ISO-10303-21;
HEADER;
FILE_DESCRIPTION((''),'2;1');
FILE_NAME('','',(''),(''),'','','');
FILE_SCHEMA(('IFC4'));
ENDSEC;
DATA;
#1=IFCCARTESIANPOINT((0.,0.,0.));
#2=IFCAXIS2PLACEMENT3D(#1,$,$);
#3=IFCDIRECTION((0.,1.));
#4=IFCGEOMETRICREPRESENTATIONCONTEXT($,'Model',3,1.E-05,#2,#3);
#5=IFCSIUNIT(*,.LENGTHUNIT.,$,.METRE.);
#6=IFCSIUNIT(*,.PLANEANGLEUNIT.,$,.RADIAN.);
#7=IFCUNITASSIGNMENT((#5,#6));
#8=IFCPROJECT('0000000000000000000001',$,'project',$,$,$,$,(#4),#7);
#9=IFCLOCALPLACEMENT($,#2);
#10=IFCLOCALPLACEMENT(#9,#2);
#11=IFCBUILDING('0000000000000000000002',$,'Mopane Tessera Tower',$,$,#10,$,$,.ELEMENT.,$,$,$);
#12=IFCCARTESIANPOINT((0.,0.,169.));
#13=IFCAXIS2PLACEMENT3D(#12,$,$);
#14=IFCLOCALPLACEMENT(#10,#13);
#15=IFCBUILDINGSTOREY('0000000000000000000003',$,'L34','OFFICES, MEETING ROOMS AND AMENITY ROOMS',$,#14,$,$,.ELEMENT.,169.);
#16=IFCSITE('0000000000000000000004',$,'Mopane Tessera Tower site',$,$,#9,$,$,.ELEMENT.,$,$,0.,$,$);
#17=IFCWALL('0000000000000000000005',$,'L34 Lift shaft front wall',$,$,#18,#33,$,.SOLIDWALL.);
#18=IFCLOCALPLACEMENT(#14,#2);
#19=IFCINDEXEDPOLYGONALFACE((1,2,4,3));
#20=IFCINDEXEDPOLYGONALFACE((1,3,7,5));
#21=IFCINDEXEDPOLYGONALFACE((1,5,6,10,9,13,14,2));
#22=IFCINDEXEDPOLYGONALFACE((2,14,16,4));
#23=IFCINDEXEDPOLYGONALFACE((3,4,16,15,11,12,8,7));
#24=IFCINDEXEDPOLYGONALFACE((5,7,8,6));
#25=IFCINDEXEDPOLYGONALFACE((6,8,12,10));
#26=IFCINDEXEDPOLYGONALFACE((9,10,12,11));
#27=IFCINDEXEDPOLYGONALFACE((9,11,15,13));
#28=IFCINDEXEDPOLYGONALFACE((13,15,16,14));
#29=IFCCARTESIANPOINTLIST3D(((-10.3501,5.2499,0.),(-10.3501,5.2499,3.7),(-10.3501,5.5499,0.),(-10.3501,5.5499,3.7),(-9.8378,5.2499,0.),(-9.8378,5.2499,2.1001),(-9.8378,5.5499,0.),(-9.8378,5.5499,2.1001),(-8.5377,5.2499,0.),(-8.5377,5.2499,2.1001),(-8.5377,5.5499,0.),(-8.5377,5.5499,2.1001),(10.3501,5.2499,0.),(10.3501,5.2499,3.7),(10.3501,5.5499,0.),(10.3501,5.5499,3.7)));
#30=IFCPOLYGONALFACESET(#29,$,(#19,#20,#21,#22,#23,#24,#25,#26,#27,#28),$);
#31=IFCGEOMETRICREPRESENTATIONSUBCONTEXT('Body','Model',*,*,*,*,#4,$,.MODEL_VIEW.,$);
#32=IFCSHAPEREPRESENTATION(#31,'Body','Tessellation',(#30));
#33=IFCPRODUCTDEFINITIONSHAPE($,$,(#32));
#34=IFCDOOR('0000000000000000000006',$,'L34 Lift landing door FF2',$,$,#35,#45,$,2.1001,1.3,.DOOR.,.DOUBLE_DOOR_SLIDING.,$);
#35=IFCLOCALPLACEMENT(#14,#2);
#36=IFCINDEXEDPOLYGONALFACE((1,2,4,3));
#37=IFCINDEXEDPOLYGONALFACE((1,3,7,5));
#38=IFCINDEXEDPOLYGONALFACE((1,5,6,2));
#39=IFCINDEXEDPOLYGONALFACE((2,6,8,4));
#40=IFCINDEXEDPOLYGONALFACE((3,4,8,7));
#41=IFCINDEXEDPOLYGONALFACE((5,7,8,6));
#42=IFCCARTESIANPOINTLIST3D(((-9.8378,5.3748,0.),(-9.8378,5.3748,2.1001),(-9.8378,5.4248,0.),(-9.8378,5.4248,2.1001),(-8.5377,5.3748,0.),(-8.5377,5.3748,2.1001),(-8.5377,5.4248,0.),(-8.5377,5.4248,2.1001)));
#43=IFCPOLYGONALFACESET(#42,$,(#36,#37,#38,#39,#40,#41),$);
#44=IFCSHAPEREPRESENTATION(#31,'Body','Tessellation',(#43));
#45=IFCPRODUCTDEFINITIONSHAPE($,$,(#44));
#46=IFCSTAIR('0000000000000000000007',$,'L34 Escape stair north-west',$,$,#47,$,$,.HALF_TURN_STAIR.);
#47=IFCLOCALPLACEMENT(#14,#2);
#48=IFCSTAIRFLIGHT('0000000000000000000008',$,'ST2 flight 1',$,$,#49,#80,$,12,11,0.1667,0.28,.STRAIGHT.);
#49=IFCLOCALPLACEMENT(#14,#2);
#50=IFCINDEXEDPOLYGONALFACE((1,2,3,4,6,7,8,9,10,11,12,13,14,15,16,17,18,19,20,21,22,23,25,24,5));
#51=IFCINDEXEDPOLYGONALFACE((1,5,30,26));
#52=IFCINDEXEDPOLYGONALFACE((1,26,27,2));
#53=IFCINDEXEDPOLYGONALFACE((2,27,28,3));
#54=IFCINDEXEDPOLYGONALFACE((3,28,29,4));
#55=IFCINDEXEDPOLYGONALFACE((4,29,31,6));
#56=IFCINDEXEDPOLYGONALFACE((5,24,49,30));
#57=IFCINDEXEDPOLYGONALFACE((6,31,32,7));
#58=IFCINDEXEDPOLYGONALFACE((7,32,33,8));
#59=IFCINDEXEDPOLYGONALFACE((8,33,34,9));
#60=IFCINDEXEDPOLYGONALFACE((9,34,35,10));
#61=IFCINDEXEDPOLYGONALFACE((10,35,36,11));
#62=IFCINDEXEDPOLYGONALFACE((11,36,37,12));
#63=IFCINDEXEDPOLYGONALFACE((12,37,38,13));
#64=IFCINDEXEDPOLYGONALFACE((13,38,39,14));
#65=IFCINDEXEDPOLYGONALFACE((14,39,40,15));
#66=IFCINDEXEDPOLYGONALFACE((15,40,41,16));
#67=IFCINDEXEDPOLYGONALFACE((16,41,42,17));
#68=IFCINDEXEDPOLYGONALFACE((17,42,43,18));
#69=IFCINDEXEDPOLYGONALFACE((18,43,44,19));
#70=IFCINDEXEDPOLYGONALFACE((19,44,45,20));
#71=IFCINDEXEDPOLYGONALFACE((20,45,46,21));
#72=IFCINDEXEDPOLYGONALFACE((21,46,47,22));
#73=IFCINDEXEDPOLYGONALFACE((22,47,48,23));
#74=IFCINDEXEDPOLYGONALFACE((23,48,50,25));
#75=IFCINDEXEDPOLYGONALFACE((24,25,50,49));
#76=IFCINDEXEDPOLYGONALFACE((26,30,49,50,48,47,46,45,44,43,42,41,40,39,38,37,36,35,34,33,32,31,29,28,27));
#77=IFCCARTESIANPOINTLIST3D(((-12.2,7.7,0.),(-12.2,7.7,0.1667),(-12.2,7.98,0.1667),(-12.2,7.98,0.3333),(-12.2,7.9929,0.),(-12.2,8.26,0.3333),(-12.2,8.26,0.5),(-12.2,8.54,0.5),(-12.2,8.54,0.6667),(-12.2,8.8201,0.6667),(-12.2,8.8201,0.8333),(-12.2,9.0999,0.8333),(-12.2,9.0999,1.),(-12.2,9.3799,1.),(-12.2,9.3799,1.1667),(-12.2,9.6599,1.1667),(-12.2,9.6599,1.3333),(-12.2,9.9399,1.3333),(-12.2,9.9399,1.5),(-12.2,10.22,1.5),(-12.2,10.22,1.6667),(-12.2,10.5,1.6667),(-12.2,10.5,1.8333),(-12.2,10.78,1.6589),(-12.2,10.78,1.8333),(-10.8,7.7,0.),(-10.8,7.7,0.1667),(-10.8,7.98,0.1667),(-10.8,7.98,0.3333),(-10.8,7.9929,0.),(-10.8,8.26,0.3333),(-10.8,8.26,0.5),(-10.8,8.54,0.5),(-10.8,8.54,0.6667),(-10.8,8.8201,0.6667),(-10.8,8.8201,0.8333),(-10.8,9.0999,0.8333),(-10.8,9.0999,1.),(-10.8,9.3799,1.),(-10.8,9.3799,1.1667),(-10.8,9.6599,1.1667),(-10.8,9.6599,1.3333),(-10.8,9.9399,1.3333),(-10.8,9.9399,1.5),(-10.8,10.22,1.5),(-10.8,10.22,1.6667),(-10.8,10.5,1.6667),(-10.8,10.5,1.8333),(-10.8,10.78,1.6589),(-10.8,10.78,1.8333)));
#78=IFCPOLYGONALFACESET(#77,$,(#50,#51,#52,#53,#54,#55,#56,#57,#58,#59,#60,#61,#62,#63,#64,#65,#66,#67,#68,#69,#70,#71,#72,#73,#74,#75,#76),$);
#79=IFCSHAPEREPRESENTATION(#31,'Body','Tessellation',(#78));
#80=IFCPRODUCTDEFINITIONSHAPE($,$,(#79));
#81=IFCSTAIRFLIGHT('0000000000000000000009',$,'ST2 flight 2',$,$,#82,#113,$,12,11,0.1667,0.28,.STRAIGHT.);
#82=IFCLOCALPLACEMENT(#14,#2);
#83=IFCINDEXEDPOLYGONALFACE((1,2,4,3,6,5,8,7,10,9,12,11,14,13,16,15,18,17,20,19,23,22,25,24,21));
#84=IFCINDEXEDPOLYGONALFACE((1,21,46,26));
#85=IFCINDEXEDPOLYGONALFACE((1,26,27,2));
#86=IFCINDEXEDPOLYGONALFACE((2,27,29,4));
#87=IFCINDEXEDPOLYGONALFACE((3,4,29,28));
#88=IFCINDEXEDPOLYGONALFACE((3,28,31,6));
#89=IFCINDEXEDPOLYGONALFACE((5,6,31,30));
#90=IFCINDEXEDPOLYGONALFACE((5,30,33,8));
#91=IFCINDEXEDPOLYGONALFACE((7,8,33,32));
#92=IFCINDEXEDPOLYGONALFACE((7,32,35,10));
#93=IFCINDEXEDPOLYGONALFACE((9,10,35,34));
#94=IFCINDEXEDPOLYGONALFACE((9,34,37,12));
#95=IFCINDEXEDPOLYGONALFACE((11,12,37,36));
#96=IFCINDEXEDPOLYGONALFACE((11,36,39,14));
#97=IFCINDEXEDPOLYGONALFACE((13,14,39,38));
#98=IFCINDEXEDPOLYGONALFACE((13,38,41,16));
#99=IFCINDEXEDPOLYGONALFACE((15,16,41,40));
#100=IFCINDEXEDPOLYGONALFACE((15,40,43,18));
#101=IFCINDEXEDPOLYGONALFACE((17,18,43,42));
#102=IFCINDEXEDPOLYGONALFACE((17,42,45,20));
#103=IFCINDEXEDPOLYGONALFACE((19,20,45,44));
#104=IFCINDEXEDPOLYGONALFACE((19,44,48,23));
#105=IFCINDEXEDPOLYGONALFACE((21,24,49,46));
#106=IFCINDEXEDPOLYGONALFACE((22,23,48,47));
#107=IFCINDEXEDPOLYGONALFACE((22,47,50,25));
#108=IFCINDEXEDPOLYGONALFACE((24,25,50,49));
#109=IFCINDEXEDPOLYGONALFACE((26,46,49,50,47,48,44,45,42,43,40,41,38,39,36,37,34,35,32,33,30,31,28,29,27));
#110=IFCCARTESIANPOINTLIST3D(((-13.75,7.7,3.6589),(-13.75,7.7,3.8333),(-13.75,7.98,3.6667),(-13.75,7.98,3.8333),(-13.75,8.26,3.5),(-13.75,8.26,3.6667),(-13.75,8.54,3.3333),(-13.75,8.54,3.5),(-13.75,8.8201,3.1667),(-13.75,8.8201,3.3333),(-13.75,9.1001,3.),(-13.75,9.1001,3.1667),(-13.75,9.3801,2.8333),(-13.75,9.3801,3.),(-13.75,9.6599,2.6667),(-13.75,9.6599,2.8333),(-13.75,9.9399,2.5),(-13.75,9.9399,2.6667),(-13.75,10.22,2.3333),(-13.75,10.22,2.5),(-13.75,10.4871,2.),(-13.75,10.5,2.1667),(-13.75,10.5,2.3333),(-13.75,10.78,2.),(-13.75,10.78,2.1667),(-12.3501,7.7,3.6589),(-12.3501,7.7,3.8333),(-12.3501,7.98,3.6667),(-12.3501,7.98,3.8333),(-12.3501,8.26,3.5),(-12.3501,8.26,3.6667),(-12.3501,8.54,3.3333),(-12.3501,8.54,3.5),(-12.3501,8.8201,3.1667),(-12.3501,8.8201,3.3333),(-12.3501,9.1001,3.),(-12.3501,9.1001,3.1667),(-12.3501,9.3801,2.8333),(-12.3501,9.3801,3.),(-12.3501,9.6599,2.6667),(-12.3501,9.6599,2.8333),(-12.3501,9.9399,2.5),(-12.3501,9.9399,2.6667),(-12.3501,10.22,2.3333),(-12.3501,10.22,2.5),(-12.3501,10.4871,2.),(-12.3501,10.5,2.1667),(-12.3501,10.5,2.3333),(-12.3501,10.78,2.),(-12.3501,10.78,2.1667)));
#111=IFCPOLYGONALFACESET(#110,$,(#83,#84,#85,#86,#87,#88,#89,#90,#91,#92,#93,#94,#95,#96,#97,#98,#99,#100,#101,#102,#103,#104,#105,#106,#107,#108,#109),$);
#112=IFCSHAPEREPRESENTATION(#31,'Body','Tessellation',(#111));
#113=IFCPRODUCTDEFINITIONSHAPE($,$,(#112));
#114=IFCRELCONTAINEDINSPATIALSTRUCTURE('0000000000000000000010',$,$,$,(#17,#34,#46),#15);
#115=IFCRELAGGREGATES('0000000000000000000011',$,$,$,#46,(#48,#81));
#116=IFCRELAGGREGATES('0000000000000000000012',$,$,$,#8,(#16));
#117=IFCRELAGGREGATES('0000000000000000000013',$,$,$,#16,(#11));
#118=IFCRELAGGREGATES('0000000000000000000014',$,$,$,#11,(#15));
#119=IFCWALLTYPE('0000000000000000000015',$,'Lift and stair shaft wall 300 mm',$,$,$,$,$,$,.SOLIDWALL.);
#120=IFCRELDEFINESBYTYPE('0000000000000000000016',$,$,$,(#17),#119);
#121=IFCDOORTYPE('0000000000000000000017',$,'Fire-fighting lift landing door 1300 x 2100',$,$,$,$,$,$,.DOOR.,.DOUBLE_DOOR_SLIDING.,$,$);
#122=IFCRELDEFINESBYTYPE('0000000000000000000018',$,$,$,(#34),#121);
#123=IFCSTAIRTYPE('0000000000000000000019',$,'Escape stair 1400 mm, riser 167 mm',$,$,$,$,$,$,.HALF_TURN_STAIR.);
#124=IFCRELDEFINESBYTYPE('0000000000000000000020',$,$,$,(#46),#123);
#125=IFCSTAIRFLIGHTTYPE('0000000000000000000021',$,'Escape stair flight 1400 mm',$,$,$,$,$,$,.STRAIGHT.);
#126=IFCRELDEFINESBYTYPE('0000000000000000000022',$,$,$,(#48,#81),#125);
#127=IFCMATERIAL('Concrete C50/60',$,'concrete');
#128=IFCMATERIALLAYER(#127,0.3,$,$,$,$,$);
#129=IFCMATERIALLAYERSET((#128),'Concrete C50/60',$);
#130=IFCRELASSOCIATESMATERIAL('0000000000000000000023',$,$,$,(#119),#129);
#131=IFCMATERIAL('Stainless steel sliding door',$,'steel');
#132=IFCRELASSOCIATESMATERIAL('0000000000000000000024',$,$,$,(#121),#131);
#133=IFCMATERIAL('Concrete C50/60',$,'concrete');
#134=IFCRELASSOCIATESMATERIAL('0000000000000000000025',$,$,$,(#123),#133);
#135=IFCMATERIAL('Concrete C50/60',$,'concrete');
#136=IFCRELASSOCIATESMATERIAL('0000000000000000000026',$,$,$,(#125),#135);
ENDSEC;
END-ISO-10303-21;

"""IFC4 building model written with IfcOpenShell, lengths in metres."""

from ifc_helpers import new_model, si_unit, direction, frame, frame_2d, origin, place, context, subcontext, project, spatial, polyline, rectangle, outline, extrude, material, layer, layer_set, type_object, element, fill, aggregate, save


model = new_model("IFC4")

# Units and contexts
model_context = context("Model", 3, precision=1e-05, world=origin(), true_north=direction((0.0, 1.0)))
body_context = subcontext(model_context, "Body", "Model", "MODEL_VIEW")
ifc_project = project(units=[si_unit("LENGTHUNIT", "METRE"), si_unit("PLANEANGLEUNIT", "RADIAN")], contexts=[model_context])

# Site, building, storey
site_placement = place(None, origin())
site = spatial("IfcSite", under=ifc_project, at=site_placement, Name="Mopane Tessera Tower site", CompositionType="ELEMENT", RefElevation=0.0)
building_placement = place(site_placement, origin())
building = spatial("IfcBuilding", under=site, at=building_placement, Name="Mopane Tessera Tower", CompositionType="ELEMENT")
storey_placement = place(building_placement, frame((0.0, 0.0, 169.0)))
storey = spatial("IfcBuildingStorey", under=building, at=storey_placement, Name="L34", Description="OFFICES, MEETING ROOMS AND AMENITY ROOMS", CompositionType="ELEMENT", Elevation=169.0)

# Shared definitions
ifc_material_1 = material(Name="Concrete C50/60", Category="concrete")
ifc_layer_1 = layer(ifc_material_1, 0.3)
ifc_layer_set_1 = layer_set([ifc_layer_1], Name="Concrete C50/60")
wall_type_1 = type_object("IfcWallType", Name="Lift and stair shaft wall 300 mm", PredefinedType="SOLIDWALL", material=ifc_layer_set_1)

# Shared definitions
ifc_material_2 = material(Name="Stainless steel sliding door", Category="steel")
door_type_1 = type_object("IfcDoorType", Name="Fire-fighting lift landing door 1300 x 2100", OperationType="DOUBLE_DOOR_SLIDING", PredefinedType="DOOR", material=ifc_material_2)

# Wall, opening, door
wall_1_placement = place(storey_placement, frame((-10.3501, 5.3999, 0.0), z_axis=(0.0, 0.0, 1.0), x_axis=(1.0, 0.0, 0.0)))
wall_1 = element("IfcWall", 1, at=wall_1_placement, inside=storey, type_object=wall_type_1, Name="L34 Lift shaft front wall", PredefinedType="SOLIDWALL", context=body_context, shape_type="SweptSolid", body=[
    extrude(rectangle(XDim=20.7002, YDim=0.3, at=frame_2d((10.3501, 0.0))), origin(), (0.0, 0.0, 1.0), 3.7),
])
opening_1_placement = place(wall_1_placement, frame((0.5125, 0.0, 0.0)))
opening_1 = element("IfcOpeningElement", 2, at=opening_1_placement, cuts=wall_1, PredefinedType="OPENING", context=body_context, shape_type="SweptSolid", body=[
    extrude(rectangle(XDim=1.3, YDim=2.1001, at=frame_2d((0.6499, 1.05))), frame((0.0, 0.1621, 0.0), z_axis=(0.0, -1.0, 0.0), x_axis=(1.0, 0.0, 0.0)), (0.0, 0.0, 1.0), 0.324),
])
door_1_placement = place(opening_1_placement, origin())
door_1 = element("IfcDoor", 3, at=door_1_placement, inside=storey, type_object=door_type_1, Name="L34 Lift landing door FF2", OperationType="DOUBLE_DOOR_SLIDING", OverallHeight=2.1001, OverallWidth=1.3, PredefinedType="DOOR", context=body_context, shape_type="SweptSolid", body=[
    extrude(rectangle(XDim=1.3, YDim=2.1001, at=frame_2d((0.6499, 1.05))), frame((0.0, 0.0249, 0.0), z_axis=(0.0, -1.0, 0.0), x_axis=(1.0, 0.0, 0.0)), (0.0, 0.0, 1.0), 0.05),
])
fill(opening_1, door_1)

# Stair, stair flights
ifc_material_3 = material(Name="Concrete C50/60", Category="concrete")
stair_type = type_object("IfcStairType", Name="Escape stair 1400 mm, riser 167 mm", PredefinedType="HALF_TURN_STAIR", material=ifc_material_3)
stair_placement = place(storey_placement, origin())
stair = element("IfcStair", 4, at=stair_placement, inside=storey, type_object=stair_type, Name="L34 Escape stair north-west", PredefinedType="HALF_TURN_STAIR")
ifc_material_4 = material(Name="Concrete C50/60", Category="concrete")
stair_flight_type = type_object("IfcStairFlightType", Name="Escape stair flight 1400 mm", PredefinedType="STRAIGHT", material=ifc_material_4)
stair_flight_1_placement = place(storey_placement, frame((-11.5, 7.7, 0.0), z_axis=(0.0, 0.0, 1.0), x_axis=(0.0, 1.0, 0.0)))
stair_flight_1 = element("IfcStairFlight", 5, at=stair_flight_1_placement, type_object=stair_flight_type, Name="ST2 flight 1", NumberOfRisers=12, NumberOfTreads=11, PredefinedType="STRAIGHT", RiserHeight=0.1667, TreadLength=0.28, context=body_context, shape_type="SweptSolid", body=[
    extrude(outline(polyline([(0.0, 0.0), (0.0, 0.1667), (0.28, 0.1667), (0.28, 0.3333), (0.5601, 0.3333), (0.5601, 0.5), (0.8401, 0.5), (0.8401, 0.6667), (1.1201, 0.6667), (1.1201, 0.8333), (1.3999, 0.8333), (1.3999, 1.0), (1.6799, 1.0), (1.6799, 1.1667), (1.96, 1.1667), (1.96, 1.3333), (2.24, 1.3333), (2.24, 1.5), (2.52, 1.5), (2.52, 1.6667), (2.8, 1.6667), (2.8, 1.8333), (3.0801, 1.8333), (3.0801, 2.0), (3.0801, 1.6589), (0.293, 0.0), (0.0, 0.0)])), frame((0.0, 0.7, 0.0), z_axis=(0.0, -1.0, 0.0), x_axis=(1.0, 0.0, 0.0)), (0.0, 0.0, 1.0), 1.3999),
])
stair_flight_2_placement = place(storey_placement, frame((-13.05, 10.78, 2.0), z_axis=(0.0, 0.0, 1.0), x_axis=(0.0, -1.0, 0.0)))
stair_flight_2 = element("IfcStairFlight", 6, at=stair_flight_2_placement, type_object=stair_flight_type, Name="ST2 flight 2", NumberOfRisers=12, NumberOfTreads=11, PredefinedType="STRAIGHT", RiserHeight=0.1667, TreadLength=0.28, context=body_context, shape_type="SweptSolid", body=[
    extrude(outline(polyline([(0.0, 0.0), (0.0, 0.1667), (0.28, 0.1667), (0.28, 0.3333), (0.5601, 0.3333), (0.5601, 0.5), (0.8401, 0.5), (0.8401, 0.6667), (1.1201, 0.6667), (1.1201, 0.8333), (1.3999, 0.8333), (1.3999, 1.0), (1.6799, 1.0), (1.6799, 1.1667), (1.96, 1.1667), (1.96, 1.3333), (2.24, 1.3333), (2.24, 1.5), (2.52, 1.5), (2.52, 1.6667), (2.8, 1.6667), (2.8, 1.8333), (3.0801, 1.8333), (3.0801, 2.0), (3.0801, 1.6589), (0.293, 0.0), (0.0, 0.0)])), frame((0.0, 0.7, 0.0), z_axis=(0.0, -1.0, 0.0), x_axis=(1.0, 0.0, 0.0)), (0.0, 0.0, 1.0), 1.3999),
])
aggregate(stair, [stair_flight_1, stair_flight_2])

save(model, "model.ifc")
